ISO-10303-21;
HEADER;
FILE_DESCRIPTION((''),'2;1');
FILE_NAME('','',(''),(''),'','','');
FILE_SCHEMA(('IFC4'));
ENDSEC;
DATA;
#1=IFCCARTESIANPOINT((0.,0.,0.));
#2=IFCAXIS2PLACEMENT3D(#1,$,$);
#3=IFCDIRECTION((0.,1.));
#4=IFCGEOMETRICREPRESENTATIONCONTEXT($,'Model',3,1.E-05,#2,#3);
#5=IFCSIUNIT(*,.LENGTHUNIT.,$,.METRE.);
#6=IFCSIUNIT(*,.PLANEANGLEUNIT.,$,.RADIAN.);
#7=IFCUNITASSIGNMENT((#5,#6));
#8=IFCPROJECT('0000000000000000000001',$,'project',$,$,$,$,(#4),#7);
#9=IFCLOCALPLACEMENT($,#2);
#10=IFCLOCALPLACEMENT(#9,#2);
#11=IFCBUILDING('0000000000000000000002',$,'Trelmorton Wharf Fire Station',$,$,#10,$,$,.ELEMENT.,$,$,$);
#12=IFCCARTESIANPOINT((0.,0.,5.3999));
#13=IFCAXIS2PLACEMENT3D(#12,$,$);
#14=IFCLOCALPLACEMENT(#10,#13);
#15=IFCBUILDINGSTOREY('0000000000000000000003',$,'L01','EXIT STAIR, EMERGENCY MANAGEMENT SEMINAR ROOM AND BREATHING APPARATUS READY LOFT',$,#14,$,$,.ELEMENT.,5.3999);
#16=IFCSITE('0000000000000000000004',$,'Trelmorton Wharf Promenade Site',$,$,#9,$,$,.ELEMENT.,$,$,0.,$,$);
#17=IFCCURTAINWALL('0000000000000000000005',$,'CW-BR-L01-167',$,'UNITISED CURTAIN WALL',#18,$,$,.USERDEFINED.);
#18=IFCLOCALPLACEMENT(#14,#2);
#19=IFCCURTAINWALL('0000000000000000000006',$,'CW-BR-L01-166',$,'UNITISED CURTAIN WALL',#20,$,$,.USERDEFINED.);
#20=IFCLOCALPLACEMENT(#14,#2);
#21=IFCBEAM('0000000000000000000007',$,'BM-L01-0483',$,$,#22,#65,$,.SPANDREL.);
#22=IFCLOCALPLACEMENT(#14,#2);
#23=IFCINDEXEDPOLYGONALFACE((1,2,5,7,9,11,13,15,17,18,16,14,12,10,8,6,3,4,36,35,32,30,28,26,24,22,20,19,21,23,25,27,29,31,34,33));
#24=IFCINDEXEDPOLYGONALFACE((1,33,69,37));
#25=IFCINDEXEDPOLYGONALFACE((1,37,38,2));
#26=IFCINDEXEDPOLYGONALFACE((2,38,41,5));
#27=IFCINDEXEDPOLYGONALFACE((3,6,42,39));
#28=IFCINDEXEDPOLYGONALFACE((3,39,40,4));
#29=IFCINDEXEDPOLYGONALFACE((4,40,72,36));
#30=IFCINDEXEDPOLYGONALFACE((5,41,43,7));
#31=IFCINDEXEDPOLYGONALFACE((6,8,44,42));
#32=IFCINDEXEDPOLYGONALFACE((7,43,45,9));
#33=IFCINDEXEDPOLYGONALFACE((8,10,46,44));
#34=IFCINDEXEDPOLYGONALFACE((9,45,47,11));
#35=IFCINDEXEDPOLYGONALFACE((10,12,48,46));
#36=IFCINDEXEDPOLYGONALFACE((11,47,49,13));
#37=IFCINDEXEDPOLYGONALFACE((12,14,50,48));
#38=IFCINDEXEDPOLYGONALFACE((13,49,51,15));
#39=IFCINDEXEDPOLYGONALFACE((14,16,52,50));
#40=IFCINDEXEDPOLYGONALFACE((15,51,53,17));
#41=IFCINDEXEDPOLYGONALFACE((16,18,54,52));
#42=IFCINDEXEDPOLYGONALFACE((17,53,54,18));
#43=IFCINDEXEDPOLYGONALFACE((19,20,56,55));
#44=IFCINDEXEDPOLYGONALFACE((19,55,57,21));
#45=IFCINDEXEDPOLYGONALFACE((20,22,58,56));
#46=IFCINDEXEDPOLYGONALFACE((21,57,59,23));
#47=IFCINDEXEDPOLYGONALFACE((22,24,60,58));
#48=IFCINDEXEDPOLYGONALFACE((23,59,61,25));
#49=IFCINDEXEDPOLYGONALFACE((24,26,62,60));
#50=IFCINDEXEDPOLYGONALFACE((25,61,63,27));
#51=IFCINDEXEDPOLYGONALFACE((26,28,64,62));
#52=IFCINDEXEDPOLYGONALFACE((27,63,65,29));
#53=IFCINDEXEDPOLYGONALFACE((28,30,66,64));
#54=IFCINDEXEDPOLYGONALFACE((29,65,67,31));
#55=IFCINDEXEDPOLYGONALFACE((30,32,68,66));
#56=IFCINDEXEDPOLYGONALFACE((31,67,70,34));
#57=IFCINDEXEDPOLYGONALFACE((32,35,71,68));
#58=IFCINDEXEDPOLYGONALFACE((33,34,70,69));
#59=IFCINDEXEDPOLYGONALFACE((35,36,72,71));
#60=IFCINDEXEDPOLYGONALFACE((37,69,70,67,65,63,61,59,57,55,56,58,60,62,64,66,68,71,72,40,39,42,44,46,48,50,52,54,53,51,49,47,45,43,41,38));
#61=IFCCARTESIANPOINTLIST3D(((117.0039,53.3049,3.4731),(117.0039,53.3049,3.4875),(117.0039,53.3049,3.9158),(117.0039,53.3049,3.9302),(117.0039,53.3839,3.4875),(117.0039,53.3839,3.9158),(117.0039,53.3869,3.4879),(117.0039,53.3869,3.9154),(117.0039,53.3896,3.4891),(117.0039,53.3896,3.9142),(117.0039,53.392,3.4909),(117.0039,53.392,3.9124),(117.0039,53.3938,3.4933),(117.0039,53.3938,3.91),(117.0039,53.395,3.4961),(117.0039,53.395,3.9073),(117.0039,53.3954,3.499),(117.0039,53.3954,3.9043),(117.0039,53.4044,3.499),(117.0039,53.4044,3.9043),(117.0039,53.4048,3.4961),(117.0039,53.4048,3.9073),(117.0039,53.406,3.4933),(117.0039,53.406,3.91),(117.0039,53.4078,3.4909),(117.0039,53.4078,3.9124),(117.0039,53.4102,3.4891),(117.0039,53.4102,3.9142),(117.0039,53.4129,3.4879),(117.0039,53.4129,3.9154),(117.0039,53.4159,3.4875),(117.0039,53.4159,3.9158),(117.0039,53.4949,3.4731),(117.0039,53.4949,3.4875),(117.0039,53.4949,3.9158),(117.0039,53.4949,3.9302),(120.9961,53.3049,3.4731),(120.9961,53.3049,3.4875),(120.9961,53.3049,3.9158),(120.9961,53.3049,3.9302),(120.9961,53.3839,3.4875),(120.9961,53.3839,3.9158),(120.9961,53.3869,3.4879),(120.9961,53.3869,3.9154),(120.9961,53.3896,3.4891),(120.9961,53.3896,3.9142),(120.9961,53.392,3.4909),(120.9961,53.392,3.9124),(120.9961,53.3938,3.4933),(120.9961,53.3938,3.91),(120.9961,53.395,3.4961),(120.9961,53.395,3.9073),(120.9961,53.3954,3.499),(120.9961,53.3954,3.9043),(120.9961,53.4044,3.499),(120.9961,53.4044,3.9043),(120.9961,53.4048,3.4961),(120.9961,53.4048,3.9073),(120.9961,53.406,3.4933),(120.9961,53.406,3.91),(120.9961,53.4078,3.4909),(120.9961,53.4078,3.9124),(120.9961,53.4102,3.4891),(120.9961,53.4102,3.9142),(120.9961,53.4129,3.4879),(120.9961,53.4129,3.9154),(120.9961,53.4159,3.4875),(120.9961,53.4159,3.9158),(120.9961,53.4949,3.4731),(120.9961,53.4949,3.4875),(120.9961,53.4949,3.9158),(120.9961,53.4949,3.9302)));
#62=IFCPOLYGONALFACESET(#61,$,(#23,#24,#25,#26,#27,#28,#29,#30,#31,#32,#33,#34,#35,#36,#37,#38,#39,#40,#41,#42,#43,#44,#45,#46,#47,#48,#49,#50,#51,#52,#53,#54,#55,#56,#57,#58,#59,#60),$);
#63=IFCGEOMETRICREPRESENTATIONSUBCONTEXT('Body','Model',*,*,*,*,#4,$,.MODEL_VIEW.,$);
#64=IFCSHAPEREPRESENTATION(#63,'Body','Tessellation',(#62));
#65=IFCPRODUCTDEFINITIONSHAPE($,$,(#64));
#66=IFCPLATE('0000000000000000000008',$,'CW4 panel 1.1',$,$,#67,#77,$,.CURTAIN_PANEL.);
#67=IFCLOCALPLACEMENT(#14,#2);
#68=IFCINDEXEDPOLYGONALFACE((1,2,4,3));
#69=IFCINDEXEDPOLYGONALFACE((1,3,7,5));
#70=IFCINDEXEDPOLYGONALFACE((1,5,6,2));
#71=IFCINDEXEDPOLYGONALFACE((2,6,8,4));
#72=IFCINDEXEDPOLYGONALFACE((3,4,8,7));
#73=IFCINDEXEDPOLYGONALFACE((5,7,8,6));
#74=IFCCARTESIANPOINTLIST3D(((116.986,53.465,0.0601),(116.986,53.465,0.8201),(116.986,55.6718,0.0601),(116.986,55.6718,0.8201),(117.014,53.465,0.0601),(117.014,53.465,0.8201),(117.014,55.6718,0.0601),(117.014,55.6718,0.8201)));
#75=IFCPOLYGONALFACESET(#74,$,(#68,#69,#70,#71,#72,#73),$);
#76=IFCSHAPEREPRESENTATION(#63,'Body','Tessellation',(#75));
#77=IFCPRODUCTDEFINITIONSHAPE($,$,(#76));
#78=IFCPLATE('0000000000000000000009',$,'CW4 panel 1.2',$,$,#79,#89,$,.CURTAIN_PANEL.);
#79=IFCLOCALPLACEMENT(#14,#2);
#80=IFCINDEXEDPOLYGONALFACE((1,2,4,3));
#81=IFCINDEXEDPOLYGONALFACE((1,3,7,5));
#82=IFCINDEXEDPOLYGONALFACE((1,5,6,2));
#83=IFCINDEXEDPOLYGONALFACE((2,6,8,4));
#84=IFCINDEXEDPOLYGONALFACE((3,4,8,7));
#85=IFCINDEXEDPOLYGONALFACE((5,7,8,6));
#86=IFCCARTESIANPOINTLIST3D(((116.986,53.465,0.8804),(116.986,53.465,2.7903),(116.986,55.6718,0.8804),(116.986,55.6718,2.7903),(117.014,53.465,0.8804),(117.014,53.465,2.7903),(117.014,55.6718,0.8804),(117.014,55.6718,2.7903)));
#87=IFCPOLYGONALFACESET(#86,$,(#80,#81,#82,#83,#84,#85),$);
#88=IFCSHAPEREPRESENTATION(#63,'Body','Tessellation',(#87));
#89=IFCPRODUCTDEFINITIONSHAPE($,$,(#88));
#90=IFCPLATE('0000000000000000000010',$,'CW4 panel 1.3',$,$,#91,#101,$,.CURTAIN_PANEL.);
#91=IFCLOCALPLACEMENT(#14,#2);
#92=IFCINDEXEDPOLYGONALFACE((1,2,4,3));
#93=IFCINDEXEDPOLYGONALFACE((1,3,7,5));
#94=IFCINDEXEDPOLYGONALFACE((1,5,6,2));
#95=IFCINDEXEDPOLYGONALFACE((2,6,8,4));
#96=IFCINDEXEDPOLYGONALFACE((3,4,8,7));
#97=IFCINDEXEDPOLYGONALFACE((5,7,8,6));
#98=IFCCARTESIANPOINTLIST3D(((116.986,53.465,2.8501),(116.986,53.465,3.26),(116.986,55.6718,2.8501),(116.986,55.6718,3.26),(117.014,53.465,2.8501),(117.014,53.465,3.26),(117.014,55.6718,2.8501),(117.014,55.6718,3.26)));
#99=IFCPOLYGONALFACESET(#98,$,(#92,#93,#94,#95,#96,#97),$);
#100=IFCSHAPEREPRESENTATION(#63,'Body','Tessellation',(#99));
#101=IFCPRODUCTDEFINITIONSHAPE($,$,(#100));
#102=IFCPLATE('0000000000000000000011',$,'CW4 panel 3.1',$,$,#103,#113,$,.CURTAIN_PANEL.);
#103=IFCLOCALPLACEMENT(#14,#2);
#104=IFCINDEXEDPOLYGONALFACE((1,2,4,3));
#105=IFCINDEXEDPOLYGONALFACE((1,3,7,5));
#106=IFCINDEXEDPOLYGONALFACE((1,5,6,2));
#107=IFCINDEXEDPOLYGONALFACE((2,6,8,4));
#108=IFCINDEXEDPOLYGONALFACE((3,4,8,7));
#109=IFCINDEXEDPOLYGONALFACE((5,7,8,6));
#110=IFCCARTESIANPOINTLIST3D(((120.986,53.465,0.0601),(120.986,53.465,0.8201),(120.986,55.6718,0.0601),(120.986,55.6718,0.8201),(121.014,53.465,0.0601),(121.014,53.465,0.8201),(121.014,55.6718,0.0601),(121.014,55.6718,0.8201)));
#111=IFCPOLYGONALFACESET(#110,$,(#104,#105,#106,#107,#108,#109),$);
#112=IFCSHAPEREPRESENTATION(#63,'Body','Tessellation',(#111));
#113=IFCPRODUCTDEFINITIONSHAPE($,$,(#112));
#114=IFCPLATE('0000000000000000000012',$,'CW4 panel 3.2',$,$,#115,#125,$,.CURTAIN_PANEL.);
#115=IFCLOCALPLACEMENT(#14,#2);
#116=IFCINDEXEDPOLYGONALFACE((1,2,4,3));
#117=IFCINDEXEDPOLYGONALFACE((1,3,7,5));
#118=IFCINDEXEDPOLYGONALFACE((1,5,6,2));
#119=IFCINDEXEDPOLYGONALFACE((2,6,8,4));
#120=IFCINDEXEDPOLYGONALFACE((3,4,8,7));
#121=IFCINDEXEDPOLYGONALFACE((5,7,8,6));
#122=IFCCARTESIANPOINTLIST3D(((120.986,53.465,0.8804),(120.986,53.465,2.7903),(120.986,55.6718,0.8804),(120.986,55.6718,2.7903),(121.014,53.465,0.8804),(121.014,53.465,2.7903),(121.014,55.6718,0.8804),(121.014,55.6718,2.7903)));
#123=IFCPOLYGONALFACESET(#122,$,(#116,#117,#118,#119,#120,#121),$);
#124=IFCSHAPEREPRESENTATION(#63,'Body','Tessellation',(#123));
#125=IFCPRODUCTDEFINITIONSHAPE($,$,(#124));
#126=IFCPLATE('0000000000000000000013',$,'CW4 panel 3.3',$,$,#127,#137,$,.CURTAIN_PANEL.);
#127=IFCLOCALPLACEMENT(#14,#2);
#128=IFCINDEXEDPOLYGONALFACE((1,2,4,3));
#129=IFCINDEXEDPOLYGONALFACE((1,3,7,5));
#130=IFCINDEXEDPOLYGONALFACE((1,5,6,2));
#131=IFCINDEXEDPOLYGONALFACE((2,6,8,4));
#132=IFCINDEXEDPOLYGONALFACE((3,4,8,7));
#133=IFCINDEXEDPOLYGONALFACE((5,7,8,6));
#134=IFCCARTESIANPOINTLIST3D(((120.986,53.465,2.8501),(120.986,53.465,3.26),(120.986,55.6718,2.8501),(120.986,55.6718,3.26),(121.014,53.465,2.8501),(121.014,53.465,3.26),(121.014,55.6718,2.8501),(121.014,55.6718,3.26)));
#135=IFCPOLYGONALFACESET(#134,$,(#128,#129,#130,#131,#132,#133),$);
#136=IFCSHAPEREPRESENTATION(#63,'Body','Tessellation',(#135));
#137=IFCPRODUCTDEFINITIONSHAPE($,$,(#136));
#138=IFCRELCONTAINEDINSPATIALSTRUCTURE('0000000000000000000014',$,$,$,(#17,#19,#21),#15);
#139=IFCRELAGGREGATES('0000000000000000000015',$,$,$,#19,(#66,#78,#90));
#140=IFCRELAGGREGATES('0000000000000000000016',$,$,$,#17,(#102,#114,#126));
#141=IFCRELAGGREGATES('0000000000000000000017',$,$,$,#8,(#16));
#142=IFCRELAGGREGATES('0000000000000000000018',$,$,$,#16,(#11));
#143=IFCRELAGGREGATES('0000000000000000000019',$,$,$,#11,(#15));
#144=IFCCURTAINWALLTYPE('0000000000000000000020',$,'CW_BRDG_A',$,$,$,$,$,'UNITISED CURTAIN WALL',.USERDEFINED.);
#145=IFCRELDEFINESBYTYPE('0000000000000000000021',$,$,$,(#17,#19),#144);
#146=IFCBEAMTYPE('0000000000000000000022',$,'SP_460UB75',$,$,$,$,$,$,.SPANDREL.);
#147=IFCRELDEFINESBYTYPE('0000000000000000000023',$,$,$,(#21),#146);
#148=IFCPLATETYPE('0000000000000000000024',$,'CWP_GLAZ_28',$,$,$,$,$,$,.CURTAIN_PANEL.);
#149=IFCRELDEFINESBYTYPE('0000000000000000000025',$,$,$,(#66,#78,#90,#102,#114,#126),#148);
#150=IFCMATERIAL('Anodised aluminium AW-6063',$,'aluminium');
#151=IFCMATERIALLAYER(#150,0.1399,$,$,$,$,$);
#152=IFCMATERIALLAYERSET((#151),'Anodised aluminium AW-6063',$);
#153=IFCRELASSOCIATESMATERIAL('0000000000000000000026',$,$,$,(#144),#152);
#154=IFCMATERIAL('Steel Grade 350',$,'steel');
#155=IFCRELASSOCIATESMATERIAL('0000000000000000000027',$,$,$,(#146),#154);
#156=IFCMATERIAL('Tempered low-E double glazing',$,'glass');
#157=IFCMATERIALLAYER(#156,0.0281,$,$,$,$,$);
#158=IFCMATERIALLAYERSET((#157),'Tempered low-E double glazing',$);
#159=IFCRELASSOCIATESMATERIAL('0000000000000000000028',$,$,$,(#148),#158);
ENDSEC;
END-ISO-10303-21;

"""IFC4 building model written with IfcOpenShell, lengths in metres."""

from ifc_helpers import new_model, si_unit, direction, frame, origin, origin_2d, place, context, subcontext, project, spatial, rectangle, i_section, extrude, material, layer, layer_set, material_profile, profile_set, type_object, element, aggregate, save


model = new_model("IFC4")

# Units and contexts
model_context = context("Model", 3, precision=1e-05, world=origin(), true_north=direction((0.0, 1.0)))
body_context = subcontext(model_context, "Body", "Model", "MODEL_VIEW")
ifc_project = project(units=[si_unit("LENGTHUNIT", "METRE"), si_unit("PLANEANGLEUNIT", "RADIAN")], contexts=[model_context])

# Site, building, storey
site_placement = place(None, origin())
site = spatial("IfcSite", under=ifc_project, at=site_placement, Name="Trelmorton Wharf Promenade Site", CompositionType="ELEMENT", RefElevation=0.0)
building_placement = place(site_placement, origin())
building = spatial("IfcBuilding", under=site, at=building_placement, Name="Trelmorton Wharf Fire Station", CompositionType="ELEMENT")
storey_placement = place(building_placement, frame((0.0, 0.0, 5.3999)))
storey = spatial("IfcBuildingStorey", under=building, at=storey_placement, Name="L01", Description="EXIT STAIR, EMERGENCY MANAGEMENT SEMINAR ROOM AND BREATHING APPARATUS READY LOFT", CompositionType="ELEMENT", Elevation=5.3999)

# Shared definitions
ifc_material_1 = material(Name="Steel Grade 350", Category="steel")

# Shared definitions
ifc_material_2 = material(Name="Anodised aluminium AW-6063", Category="aluminium")
ifc_layer_1 = layer(ifc_material_2, 0.1399)
ifc_layer_set_1 = layer_set([ifc_layer_1], Name="Anodised aluminium AW-6063")
curtain_wall_type = type_object("IfcCurtainWallType", Name="CW_BRDG_A", ElementType="UNITISED CURTAIN WALL", PredefinedType="USERDEFINED", material=ifc_layer_set_1)

# Curtain wall
curtain_wall_1_placement = place(storey_placement, origin())
curtain_wall_1 = element("IfcCurtainWall", 1, at=curtain_wall_1_placement, inside=storey, type_object=curtain_wall_type, Name="CW-BR-L01-167", ObjectType="UNITISED CURTAIN WALL", PredefinedType="USERDEFINED")

# Curtain wall
curtain_wall_2_placement = place(storey_placement, origin())
curtain_wall_2 = element("IfcCurtainWall", 2, at=curtain_wall_2_placement, inside=storey, type_object=curtain_wall_type, Name="CW-BR-L01-166", ObjectType="UNITISED CURTAIN WALL", PredefinedType="USERDEFINED")

# Beam
ifc_material_profile_1 = material_profile(ifc_material_1, i_section(OverallWidth=0.1899, OverallDepth=0.457, WebThickness=0.009, FlangeThickness=0.0144, FilletRadius=0.0115, at=origin_2d()), Name="460UB74.6")
ifc_profile_set_1 = profile_set([ifc_material_profile_1], Name="Steel Grade 350")
beam_type_1 = type_object("IfcBeamType", Name="SP_460UB75", PredefinedType="SPANDREL", material=ifc_profile_set_1)
beam_1_placement = place(storey_placement, frame((117.0039, 53.3999, 3.7017), z_axis=(1.0, 0.0, 0.0), x_axis=(0.0, 1.0, 0.0)))
element("IfcBeam", 3, at=beam_1_placement, inside=storey, type_object=beam_type_1, Name="BM-L01-0483", PredefinedType="SPANDREL", context=body_context, shape_type="SweptSolid", body=[
    extrude(i_section(OverallWidth=0.1899, OverallDepth=0.457, WebThickness=0.009, FlangeThickness=0.0144, FilletRadius=0.0115, at=origin_2d()), origin(), (0.0, 0.0, 1.0), 3.9922),
])

# Plates
ifc_material_3 = material(Name="Tempered low-E double glazing", Category="glass")
ifc_layer_2 = layer(ifc_material_3, 0.0281)
ifc_layer_set_2 = layer_set([ifc_layer_2], Name="Tempered low-E double glazing")
plate_type = type_object("IfcPlateType", Name="CWP_GLAZ_28", PredefinedType="CURTAIN_PANEL", material=ifc_layer_set_2)
plate_1_placement = place(storey_placement, frame((117.0, 54.5684, 0.0601), z_axis=(0.0, 0.0, 1.0), x_axis=(0.0, 1.0, 0.0)))
plate_1 = element("IfcPlate", 4, at=plate_1_placement, type_object=plate_type, Name="CW4 panel 1.1", PredefinedType="CURTAIN_PANEL", context=body_context, shape_type="SweptSolid", body=[
    extrude(rectangle(XDim=2.2068, YDim=0.0281, at=origin_2d()), origin(), (0.0, 0.0, 1.0), 0.76),
])
plate_2_placement = place(storey_placement, frame((117.0, 54.5684, 0.8804), z_axis=(0.0, 0.0, 1.0), x_axis=(0.0, 1.0, 0.0)))
plate_2 = element("IfcPlate", 5, at=plate_2_placement, type_object=plate_type, Name="CW4 panel 1.2", PredefinedType="CURTAIN_PANEL", context=body_context, shape_type="SweptSolid", body=[
    extrude(rectangle(XDim=2.2068, YDim=0.0281, at=origin_2d()), origin(), (0.0, 0.0, 1.0), 1.9099),
])
plate_3_placement = place(storey_placement, frame((117.0, 54.5684, 2.8501), z_axis=(0.0, 0.0, 1.0), x_axis=(0.0, 1.0, 0.0)))
plate_3 = element("IfcPlate", 6, at=plate_3_placement, type_object=plate_type, Name="CW4 panel 1.3", PredefinedType="CURTAIN_PANEL", context=body_context, shape_type="SweptSolid", body=[
    extrude(rectangle(XDim=2.2068, YDim=0.0281, at=origin_2d()), origin(), (0.0, 0.0, 1.0), 0.4099),
])
aggregate(curtain_wall_2, [plate_1, plate_2, plate_3])
plate_4_placement = place(storey_placement, frame((121.0, 54.5684, 0.0601), z_axis=(0.0, 0.0, 1.0), x_axis=(0.0, -1.0, 0.0)))
plate_4 = element("IfcPlate", 7, at=plate_4_placement, type_object=plate_type, Name="CW4 panel 3.1", PredefinedType="CURTAIN_PANEL", context=body_context, shape_type="SweptSolid", body=[
    extrude(rectangle(XDim=2.2068, YDim=0.0281, at=origin_2d()), origin(), (0.0, 0.0, 1.0), 0.76),
])
plate_5_placement = place(storey_placement, frame((121.0, 54.5684, 0.8804), z_axis=(0.0, 0.0, 1.0), x_axis=(0.0, -1.0, 0.0)))
plate_5 = element("IfcPlate", 8, at=plate_5_placement, type_object=plate_type, Name="CW4 panel 3.2", PredefinedType="CURTAIN_PANEL", context=body_context, shape_type="SweptSolid", body=[
    extrude(rectangle(XDim=2.2068, YDim=0.0281, at=origin_2d()), origin(), (0.0, 0.0, 1.0), 1.9099),
])
plate_6_placement = place(storey_placement, frame((121.0, 54.5684, 2.8501), z_axis=(0.0, 0.0, 1.0), x_axis=(0.0, -1.0, 0.0)))
plate_6 = element("IfcPlate", 9, at=plate_6_placement, type_object=plate_type, Name="CW4 panel 3.3", PredefinedType="CURTAIN_PANEL", context=body_context, shape_type="SweptSolid", body=[
    extrude(rectangle(XDim=2.2068, YDim=0.0281, at=origin_2d()), origin(), (0.0, 0.0, 1.0), 0.4099),
])
aggregate(curtain_wall_1, [plate_4, plate_5, plate_6])

save(model, "model.ifc")
